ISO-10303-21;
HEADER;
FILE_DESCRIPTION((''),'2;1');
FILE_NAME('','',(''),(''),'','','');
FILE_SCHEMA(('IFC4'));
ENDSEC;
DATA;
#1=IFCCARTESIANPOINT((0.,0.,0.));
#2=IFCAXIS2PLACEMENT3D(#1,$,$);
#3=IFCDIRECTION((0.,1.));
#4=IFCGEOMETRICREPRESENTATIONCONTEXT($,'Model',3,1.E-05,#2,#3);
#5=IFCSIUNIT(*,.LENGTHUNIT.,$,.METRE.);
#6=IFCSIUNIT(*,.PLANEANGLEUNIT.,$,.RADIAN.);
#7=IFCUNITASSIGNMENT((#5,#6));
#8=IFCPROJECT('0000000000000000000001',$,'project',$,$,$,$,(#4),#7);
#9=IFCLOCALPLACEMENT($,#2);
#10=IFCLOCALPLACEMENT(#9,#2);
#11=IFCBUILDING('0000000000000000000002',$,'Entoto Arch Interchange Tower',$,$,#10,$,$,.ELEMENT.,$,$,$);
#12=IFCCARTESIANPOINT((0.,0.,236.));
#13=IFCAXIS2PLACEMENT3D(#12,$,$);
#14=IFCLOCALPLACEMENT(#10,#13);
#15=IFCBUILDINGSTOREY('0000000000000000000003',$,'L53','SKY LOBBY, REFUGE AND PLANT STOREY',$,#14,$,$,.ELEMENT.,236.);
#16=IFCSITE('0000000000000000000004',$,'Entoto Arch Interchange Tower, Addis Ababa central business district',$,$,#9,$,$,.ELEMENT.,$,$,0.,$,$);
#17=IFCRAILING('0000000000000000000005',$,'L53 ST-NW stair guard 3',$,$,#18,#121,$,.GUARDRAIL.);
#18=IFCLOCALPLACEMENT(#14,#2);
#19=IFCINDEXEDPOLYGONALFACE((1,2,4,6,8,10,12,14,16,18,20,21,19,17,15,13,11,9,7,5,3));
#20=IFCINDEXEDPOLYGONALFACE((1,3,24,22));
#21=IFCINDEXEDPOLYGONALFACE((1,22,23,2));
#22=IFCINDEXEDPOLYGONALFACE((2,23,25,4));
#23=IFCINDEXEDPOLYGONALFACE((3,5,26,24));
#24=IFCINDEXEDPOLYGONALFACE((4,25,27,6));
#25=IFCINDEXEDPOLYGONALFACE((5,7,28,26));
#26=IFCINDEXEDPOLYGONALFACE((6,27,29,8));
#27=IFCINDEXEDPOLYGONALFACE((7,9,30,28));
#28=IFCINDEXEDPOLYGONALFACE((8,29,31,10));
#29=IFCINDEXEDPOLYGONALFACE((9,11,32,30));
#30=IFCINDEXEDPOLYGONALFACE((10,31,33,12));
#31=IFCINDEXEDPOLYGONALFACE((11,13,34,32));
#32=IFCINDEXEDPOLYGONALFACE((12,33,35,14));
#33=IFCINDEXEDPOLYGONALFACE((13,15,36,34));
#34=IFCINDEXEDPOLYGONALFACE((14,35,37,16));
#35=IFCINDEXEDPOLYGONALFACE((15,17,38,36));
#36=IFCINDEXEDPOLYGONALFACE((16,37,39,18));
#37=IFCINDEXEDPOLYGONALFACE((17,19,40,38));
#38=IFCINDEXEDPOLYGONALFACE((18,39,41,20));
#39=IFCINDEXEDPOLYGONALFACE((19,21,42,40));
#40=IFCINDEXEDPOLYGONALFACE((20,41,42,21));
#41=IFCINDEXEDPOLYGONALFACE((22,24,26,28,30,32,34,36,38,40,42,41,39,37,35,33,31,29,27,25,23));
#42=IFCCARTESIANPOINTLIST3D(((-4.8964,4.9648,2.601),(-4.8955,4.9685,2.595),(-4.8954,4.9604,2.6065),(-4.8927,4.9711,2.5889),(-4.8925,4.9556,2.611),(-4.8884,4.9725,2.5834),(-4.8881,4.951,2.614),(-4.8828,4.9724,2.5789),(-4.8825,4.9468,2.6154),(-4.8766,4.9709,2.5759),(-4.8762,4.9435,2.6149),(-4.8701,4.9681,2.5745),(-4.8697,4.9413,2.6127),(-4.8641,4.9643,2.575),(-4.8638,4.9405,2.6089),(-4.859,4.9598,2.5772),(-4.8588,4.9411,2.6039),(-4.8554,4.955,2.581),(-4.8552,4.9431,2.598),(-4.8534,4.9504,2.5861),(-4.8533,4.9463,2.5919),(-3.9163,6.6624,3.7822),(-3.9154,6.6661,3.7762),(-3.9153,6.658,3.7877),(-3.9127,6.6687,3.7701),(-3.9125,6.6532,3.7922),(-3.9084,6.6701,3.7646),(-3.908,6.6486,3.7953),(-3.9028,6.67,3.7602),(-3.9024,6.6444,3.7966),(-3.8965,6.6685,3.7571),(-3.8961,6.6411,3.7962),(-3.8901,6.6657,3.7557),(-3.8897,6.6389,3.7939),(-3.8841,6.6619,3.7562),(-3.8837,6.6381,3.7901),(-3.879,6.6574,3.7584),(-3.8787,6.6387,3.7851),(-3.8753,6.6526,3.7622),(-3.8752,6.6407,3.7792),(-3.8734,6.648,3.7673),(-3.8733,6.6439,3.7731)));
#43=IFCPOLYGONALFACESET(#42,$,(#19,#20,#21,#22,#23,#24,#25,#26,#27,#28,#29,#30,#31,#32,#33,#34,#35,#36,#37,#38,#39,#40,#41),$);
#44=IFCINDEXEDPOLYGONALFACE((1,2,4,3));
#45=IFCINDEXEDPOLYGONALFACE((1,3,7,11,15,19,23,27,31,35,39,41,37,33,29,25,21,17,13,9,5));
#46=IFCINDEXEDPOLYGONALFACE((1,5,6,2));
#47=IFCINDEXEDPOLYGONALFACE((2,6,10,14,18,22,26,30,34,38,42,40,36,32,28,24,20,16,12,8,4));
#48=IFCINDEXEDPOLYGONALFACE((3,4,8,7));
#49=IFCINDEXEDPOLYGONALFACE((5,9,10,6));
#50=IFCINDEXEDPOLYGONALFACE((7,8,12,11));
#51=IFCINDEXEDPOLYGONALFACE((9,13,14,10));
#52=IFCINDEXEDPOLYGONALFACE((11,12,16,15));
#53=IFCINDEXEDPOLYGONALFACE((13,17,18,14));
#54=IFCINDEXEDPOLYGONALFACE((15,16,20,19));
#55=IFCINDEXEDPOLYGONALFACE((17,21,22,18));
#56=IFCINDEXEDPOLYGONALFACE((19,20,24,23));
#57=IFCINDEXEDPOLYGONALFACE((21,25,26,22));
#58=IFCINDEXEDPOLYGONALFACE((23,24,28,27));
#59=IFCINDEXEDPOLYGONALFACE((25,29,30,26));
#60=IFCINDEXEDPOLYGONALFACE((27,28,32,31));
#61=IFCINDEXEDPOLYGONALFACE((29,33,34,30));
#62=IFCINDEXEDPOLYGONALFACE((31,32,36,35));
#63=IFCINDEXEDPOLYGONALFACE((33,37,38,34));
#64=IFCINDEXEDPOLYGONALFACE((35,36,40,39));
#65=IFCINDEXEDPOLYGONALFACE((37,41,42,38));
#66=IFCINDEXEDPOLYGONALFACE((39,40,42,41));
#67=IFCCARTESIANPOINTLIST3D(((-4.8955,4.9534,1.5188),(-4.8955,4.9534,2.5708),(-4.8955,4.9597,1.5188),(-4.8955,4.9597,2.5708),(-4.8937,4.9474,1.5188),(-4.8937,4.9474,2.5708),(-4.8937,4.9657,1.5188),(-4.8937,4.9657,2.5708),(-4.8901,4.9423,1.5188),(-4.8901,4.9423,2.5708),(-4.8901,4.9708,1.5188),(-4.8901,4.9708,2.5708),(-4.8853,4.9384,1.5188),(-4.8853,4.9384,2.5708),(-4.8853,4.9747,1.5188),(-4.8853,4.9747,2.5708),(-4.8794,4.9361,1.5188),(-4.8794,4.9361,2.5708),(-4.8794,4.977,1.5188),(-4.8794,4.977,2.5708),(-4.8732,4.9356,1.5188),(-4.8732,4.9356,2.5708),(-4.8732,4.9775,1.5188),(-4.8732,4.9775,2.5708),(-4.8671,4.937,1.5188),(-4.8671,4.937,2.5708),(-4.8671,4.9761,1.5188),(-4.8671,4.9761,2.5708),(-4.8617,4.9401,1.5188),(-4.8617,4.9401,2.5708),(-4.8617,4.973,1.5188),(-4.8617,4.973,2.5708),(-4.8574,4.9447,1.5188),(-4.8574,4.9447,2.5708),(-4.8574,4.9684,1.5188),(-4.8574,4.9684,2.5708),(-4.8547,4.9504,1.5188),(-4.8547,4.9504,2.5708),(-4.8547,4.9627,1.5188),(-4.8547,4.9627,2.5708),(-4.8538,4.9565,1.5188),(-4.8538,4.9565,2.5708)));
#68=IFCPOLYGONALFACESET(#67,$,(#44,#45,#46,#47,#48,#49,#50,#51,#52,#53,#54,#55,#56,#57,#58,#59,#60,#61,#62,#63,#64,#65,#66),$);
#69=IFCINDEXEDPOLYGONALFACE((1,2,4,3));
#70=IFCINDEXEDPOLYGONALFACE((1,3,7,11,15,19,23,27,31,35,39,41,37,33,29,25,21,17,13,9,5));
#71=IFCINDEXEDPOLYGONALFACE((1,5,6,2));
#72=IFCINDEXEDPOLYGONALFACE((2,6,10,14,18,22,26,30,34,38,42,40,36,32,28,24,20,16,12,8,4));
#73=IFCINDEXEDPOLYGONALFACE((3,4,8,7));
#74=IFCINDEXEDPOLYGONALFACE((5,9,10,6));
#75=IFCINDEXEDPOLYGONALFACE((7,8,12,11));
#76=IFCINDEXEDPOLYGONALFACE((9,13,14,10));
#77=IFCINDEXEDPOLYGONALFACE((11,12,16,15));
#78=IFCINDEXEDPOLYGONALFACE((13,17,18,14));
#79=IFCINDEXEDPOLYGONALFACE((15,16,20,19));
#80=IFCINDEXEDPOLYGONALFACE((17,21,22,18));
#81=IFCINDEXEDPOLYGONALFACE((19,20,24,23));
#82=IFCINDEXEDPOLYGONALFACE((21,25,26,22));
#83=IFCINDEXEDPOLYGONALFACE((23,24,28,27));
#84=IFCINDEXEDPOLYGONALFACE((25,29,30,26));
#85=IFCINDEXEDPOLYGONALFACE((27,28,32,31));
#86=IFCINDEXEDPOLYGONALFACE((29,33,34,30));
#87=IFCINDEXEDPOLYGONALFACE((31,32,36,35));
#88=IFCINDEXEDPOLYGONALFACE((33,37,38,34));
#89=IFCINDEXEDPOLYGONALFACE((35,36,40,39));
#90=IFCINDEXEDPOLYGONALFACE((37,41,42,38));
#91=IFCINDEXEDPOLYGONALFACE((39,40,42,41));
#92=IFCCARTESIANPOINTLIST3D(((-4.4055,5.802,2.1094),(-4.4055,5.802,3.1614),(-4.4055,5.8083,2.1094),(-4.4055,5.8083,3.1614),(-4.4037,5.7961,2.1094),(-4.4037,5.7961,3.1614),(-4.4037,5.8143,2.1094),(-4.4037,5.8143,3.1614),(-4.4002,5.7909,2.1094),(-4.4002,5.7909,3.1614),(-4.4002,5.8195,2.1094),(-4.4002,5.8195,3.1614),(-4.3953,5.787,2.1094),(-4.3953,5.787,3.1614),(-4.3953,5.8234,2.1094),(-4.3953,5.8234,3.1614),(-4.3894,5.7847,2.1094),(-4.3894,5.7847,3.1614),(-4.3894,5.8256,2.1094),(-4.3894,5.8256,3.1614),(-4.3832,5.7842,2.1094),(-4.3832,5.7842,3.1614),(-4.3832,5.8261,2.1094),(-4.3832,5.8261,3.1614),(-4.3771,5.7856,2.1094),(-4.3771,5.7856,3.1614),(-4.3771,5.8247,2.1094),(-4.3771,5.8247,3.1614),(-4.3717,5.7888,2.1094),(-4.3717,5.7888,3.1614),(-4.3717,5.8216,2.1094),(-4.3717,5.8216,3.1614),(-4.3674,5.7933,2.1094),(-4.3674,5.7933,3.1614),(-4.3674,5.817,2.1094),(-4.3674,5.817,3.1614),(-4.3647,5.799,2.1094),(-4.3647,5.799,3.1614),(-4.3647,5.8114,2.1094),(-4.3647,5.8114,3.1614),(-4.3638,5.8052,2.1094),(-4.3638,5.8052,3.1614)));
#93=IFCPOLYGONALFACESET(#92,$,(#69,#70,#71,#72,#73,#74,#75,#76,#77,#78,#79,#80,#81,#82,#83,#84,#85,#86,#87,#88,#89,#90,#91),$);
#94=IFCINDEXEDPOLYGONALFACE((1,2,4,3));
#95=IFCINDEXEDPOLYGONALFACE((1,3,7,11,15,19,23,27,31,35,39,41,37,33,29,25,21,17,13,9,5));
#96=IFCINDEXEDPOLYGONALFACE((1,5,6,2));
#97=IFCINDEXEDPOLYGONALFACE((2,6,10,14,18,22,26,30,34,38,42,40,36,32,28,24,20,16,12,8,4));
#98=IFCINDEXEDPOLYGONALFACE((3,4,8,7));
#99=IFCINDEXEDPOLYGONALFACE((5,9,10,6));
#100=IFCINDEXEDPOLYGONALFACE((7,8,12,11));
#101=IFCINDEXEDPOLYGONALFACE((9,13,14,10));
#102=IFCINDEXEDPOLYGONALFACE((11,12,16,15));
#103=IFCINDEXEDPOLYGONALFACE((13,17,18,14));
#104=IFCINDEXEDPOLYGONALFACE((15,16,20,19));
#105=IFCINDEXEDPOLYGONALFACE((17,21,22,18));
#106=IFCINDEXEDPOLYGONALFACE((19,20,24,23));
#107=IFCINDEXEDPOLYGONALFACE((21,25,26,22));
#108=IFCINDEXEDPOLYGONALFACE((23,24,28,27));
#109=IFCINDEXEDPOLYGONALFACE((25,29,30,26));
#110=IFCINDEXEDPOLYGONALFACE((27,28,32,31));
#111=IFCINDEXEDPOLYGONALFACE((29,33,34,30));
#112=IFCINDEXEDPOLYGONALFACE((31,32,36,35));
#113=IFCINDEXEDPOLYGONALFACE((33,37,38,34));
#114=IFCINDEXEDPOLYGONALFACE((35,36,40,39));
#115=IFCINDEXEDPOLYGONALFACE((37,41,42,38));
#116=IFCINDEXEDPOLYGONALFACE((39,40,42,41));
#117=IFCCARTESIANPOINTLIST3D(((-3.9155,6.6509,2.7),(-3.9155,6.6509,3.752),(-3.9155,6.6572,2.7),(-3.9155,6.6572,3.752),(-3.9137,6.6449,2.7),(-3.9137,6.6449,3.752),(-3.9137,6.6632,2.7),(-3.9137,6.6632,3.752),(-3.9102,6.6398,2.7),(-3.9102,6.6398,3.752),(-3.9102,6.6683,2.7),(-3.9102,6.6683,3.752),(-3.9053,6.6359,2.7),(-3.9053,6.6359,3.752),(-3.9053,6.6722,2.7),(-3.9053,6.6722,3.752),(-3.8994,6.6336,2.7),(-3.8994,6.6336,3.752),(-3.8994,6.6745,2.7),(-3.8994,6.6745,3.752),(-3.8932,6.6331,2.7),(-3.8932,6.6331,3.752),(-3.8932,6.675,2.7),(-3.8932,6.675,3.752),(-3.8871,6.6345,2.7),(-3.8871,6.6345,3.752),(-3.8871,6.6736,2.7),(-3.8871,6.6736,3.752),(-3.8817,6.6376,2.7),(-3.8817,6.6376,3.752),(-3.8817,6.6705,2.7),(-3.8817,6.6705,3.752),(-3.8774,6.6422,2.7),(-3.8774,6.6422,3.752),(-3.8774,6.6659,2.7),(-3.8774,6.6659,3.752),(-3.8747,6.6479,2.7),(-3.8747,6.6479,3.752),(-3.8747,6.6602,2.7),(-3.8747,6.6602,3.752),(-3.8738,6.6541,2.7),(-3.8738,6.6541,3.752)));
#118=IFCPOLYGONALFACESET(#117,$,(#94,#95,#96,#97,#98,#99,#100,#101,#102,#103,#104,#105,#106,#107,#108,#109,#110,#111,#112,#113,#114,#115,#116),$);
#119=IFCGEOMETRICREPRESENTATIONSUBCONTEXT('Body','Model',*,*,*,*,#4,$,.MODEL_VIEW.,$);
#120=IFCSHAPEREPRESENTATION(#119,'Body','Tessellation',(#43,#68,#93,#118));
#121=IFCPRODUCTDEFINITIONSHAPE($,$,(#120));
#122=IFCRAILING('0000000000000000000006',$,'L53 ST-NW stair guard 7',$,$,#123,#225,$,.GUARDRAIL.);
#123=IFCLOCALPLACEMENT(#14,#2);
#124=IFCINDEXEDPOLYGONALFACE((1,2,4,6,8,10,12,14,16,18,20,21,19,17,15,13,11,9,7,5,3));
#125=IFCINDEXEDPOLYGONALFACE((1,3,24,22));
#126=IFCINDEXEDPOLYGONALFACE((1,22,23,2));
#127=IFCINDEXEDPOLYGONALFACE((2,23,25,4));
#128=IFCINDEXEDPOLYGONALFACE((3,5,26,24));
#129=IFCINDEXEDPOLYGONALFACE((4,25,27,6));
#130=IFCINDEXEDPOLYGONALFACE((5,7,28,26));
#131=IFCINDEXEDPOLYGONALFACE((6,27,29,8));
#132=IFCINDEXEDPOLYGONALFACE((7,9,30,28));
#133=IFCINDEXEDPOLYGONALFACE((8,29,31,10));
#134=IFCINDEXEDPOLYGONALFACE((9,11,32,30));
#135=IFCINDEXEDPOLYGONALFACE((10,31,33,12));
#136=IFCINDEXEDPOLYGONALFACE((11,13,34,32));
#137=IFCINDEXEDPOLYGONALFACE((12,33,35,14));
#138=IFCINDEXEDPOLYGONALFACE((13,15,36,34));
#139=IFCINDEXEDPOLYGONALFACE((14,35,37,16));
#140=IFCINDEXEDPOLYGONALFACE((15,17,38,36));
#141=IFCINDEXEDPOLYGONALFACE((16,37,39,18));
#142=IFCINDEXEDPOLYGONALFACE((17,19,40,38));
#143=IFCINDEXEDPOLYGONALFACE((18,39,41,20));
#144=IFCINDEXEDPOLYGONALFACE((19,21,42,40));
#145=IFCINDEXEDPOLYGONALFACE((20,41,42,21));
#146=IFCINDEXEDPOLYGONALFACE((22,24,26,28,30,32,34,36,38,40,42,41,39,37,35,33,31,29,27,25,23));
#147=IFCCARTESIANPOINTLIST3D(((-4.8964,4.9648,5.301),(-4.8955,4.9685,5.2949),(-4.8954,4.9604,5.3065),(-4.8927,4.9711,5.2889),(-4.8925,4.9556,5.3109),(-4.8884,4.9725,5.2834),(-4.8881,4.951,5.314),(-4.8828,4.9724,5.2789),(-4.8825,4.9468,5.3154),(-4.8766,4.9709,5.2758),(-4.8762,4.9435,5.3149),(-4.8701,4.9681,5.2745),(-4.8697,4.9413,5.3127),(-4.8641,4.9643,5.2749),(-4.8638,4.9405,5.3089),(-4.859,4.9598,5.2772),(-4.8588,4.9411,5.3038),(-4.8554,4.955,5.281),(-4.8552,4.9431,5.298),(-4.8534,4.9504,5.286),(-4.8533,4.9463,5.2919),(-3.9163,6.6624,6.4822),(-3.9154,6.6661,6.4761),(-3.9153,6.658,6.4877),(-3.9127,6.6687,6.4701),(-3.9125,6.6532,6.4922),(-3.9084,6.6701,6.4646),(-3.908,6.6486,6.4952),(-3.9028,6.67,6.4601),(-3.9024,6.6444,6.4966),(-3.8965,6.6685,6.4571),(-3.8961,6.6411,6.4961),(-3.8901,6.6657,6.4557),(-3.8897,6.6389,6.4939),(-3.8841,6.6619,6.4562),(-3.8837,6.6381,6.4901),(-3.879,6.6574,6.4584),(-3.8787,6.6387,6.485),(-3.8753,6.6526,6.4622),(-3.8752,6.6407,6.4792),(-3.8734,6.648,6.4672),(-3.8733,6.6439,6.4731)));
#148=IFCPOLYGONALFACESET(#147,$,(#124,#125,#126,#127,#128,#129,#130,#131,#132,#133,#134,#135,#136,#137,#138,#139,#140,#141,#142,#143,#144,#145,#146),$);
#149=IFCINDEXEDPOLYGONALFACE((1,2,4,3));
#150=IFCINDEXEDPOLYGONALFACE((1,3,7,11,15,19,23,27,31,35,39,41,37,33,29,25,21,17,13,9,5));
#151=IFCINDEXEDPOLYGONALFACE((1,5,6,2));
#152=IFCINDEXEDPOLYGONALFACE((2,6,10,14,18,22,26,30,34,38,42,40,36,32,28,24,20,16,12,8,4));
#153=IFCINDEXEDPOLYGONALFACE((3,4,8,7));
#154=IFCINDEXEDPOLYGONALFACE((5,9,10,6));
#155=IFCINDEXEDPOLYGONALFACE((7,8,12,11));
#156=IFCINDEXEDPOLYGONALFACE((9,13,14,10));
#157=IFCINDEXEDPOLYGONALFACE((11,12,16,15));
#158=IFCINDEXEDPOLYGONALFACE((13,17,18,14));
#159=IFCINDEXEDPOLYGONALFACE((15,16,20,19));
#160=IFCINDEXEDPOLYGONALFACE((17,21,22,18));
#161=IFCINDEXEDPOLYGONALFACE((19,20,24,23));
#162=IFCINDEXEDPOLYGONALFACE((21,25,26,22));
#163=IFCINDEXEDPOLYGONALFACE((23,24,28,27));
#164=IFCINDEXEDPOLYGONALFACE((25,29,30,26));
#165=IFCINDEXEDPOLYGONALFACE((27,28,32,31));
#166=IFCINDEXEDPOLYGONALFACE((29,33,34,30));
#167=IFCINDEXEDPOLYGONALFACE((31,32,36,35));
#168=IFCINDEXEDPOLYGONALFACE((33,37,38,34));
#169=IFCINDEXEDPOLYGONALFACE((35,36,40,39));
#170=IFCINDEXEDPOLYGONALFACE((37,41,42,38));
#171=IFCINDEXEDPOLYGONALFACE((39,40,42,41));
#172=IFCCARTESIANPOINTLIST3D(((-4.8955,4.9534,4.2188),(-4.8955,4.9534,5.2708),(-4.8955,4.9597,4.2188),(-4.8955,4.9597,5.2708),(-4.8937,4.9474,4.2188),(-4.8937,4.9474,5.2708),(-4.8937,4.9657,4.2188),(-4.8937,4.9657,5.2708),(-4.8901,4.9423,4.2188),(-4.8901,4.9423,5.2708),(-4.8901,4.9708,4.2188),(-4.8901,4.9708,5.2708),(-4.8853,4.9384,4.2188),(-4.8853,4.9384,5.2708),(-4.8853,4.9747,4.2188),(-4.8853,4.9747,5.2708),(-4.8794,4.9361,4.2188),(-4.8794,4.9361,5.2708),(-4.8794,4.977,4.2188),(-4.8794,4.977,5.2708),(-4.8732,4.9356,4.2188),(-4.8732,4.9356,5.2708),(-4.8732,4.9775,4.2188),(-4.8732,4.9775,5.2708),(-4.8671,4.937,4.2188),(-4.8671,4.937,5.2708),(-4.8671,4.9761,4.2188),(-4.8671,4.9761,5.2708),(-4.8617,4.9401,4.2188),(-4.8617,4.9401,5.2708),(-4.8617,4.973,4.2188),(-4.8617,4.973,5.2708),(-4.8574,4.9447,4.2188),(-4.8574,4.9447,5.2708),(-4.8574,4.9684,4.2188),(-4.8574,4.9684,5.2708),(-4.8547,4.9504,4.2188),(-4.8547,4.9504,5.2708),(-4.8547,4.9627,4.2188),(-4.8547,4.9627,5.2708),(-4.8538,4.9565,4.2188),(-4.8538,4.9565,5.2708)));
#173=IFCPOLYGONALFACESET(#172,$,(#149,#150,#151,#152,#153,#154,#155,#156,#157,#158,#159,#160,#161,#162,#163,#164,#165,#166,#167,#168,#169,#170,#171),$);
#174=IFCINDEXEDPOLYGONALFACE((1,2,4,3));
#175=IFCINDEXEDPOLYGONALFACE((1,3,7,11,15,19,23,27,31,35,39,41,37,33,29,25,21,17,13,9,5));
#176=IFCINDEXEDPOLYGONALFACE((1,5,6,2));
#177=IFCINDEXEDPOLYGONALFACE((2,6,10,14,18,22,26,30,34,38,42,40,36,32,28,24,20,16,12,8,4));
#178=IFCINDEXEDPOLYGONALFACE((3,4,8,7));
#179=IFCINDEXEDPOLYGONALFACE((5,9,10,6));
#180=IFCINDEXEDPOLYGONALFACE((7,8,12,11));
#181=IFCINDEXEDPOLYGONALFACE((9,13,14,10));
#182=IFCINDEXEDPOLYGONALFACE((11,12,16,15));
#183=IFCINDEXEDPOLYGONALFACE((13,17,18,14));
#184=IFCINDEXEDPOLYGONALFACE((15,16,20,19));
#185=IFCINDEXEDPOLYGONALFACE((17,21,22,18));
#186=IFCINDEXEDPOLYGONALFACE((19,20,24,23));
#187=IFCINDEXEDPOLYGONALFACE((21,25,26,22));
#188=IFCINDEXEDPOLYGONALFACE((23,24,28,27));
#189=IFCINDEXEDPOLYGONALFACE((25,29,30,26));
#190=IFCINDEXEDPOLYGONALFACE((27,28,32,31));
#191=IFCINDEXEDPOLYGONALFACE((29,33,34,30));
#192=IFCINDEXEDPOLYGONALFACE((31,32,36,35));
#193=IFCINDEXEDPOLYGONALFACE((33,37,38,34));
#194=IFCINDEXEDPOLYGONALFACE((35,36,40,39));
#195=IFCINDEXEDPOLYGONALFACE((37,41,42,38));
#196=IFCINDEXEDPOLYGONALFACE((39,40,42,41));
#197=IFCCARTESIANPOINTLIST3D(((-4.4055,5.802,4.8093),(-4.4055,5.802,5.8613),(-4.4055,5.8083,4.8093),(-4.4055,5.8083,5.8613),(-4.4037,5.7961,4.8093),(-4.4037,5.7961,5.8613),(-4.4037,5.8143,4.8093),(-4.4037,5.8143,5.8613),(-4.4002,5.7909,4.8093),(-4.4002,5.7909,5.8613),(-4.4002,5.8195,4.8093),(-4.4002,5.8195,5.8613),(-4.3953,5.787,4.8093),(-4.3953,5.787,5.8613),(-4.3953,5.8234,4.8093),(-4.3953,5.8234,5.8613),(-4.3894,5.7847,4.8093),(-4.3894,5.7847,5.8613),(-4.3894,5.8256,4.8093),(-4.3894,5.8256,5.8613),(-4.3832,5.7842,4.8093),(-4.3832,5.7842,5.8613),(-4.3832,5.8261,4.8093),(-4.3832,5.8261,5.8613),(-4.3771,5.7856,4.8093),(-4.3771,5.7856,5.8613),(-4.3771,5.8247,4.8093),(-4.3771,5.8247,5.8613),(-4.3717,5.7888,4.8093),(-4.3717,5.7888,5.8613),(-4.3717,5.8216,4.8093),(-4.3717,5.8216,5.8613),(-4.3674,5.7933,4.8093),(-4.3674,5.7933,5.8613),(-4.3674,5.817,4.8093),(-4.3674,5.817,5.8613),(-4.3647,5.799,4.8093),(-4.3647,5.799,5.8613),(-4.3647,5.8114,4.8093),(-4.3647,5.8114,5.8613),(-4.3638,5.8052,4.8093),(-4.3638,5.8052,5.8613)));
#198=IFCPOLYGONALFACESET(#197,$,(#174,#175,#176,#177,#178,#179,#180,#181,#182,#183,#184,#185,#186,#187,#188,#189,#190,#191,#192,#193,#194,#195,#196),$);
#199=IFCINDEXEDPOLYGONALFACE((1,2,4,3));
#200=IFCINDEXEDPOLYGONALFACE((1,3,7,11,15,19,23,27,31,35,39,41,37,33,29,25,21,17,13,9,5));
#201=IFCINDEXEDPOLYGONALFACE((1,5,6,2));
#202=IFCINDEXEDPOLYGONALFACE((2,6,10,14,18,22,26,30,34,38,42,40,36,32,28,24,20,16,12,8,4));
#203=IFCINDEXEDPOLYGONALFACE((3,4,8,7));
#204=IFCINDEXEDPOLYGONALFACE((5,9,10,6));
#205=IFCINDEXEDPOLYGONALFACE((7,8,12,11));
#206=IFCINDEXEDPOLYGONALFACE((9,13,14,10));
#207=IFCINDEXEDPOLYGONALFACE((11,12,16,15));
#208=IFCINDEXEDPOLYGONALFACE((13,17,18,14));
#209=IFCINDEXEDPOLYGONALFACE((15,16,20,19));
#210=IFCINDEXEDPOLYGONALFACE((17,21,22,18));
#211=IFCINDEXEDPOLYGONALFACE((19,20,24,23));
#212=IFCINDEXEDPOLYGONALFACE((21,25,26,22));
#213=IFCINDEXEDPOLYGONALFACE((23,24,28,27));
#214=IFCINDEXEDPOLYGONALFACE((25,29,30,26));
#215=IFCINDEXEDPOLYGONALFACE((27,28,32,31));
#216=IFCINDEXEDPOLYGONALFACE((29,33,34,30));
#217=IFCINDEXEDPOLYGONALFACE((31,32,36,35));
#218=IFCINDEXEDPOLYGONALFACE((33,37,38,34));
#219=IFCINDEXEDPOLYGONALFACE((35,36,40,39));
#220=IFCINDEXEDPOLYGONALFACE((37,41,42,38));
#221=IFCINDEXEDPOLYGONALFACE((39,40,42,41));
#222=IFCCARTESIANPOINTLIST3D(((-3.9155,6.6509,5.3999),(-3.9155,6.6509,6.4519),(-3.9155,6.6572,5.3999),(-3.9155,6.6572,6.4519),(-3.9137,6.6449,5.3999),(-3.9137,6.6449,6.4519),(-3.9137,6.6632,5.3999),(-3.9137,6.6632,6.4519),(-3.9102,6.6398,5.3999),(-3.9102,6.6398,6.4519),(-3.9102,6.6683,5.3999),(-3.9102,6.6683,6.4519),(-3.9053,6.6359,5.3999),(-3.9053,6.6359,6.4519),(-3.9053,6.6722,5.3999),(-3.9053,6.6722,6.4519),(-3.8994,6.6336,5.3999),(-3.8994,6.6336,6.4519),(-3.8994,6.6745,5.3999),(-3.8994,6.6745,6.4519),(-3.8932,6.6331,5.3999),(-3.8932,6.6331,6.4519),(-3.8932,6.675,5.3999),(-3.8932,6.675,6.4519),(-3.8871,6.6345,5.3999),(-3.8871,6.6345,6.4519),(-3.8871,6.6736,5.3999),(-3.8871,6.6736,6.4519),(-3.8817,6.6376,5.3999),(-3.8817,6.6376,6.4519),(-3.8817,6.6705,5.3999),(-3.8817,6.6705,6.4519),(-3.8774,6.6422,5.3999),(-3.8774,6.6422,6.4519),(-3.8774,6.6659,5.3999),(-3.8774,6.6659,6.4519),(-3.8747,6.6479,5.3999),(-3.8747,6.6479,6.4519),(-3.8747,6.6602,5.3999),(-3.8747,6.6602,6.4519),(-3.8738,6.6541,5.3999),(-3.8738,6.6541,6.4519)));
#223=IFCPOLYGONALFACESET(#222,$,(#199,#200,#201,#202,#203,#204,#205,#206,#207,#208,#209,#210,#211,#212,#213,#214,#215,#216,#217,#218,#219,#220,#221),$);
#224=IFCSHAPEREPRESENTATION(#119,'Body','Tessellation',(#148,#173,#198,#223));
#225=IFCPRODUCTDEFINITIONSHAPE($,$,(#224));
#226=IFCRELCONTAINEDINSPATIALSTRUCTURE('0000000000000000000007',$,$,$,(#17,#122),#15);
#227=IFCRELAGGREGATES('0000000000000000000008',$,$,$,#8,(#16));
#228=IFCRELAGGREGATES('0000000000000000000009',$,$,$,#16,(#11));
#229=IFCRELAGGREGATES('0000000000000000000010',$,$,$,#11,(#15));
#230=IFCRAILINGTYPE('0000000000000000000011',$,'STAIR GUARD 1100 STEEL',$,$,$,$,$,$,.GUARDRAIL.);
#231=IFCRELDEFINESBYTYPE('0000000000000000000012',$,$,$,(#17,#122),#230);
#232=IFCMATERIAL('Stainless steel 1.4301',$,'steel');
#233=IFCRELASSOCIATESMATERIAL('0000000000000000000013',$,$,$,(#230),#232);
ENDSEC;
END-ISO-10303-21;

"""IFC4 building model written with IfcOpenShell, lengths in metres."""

from ifc_helpers import new_model, si_unit, direction, frame, origin, origin_2d, place, context, subcontext, project, spatial, circle, extrude, material, type_object, element, save


model = new_model("IFC4")

# Units and contexts
model_context = context("Model", 3, precision=1e-05, world=origin(), true_north=direction((0.0, 1.0)))
body_context = subcontext(model_context, "Body", "Model", "MODEL_VIEW")
ifc_project = project(units=[si_unit("LENGTHUNIT", "METRE"), si_unit("PLANEANGLEUNIT", "RADIAN")], contexts=[model_context])

# Site, building, storey
site_placement = place(None, origin())
site = spatial("IfcSite", under=ifc_project, at=site_placement, Name="Entoto Arch Interchange Tower, Addis Ababa central business district", CompositionType="ELEMENT", RefElevation=0.0)
building_placement = place(site_placement, origin())
building = spatial("IfcBuilding", under=site, at=building_placement, Name="Entoto Arch Interchange Tower", CompositionType="ELEMENT")
storey_placement = place(building_placement, frame((0.0, 0.0, 236.0)))
storey = spatial("IfcBuildingStorey", under=building, at=storey_placement, Name="L53", Description="SKY LOBBY, REFUGE AND PLANT STOREY", CompositionType="ELEMENT", Elevation=236.0)

# Railings
ifc_material_1 = material(Name="Stainless steel 1.4301", Category="steel")
railing_type_1 = type_object("IfcRailingType", Name="STAIR GUARD 1100 STEEL", PredefinedType="GUARDRAIL", material=ifc_material_1)
for number, where, name in (
    (1, (-4.8748, 4.9565, 1.5188), "L53 ST-NW stair guard 3"),
    (2, (-4.8748, 4.9565, 4.2188), "L53 ST-NW stair guard 7"),
):
    element("IfcRailing", number, at=place(storey_placement, frame(where)), inside=storey, type_object=railing_type_1, Name=name, PredefinedType="GUARDRAIL", context=body_context, shape_type="SweptSolid", body=[
        extrude(circle(Radius=0.0239, at=origin_2d()), frame((0.0, 0.0, 1.0762), z_axis=(0.428228, 0.741771, 0.516135), x_axis=(-0.866042, 0.49997, 0.0)), (0.0, 0.0, 1.0), 2.2886),
        extrude(circle(Radius=0.021, at=origin_2d()), origin(), (0.0, 0.0, 1.0), 1.052),
        extrude(circle(Radius=0.021, at=origin_2d()), frame((0.49, 0.8486, 0.5906)), (0.0, 0.0, 1.0), 1.052),
        extrude(circle(Radius=0.021, at=origin_2d()), frame((0.98, 1.6975, 1.1812)), (0.0, 0.0, 1.0), 1.052),
    ])

save(model, "model.ifc")
